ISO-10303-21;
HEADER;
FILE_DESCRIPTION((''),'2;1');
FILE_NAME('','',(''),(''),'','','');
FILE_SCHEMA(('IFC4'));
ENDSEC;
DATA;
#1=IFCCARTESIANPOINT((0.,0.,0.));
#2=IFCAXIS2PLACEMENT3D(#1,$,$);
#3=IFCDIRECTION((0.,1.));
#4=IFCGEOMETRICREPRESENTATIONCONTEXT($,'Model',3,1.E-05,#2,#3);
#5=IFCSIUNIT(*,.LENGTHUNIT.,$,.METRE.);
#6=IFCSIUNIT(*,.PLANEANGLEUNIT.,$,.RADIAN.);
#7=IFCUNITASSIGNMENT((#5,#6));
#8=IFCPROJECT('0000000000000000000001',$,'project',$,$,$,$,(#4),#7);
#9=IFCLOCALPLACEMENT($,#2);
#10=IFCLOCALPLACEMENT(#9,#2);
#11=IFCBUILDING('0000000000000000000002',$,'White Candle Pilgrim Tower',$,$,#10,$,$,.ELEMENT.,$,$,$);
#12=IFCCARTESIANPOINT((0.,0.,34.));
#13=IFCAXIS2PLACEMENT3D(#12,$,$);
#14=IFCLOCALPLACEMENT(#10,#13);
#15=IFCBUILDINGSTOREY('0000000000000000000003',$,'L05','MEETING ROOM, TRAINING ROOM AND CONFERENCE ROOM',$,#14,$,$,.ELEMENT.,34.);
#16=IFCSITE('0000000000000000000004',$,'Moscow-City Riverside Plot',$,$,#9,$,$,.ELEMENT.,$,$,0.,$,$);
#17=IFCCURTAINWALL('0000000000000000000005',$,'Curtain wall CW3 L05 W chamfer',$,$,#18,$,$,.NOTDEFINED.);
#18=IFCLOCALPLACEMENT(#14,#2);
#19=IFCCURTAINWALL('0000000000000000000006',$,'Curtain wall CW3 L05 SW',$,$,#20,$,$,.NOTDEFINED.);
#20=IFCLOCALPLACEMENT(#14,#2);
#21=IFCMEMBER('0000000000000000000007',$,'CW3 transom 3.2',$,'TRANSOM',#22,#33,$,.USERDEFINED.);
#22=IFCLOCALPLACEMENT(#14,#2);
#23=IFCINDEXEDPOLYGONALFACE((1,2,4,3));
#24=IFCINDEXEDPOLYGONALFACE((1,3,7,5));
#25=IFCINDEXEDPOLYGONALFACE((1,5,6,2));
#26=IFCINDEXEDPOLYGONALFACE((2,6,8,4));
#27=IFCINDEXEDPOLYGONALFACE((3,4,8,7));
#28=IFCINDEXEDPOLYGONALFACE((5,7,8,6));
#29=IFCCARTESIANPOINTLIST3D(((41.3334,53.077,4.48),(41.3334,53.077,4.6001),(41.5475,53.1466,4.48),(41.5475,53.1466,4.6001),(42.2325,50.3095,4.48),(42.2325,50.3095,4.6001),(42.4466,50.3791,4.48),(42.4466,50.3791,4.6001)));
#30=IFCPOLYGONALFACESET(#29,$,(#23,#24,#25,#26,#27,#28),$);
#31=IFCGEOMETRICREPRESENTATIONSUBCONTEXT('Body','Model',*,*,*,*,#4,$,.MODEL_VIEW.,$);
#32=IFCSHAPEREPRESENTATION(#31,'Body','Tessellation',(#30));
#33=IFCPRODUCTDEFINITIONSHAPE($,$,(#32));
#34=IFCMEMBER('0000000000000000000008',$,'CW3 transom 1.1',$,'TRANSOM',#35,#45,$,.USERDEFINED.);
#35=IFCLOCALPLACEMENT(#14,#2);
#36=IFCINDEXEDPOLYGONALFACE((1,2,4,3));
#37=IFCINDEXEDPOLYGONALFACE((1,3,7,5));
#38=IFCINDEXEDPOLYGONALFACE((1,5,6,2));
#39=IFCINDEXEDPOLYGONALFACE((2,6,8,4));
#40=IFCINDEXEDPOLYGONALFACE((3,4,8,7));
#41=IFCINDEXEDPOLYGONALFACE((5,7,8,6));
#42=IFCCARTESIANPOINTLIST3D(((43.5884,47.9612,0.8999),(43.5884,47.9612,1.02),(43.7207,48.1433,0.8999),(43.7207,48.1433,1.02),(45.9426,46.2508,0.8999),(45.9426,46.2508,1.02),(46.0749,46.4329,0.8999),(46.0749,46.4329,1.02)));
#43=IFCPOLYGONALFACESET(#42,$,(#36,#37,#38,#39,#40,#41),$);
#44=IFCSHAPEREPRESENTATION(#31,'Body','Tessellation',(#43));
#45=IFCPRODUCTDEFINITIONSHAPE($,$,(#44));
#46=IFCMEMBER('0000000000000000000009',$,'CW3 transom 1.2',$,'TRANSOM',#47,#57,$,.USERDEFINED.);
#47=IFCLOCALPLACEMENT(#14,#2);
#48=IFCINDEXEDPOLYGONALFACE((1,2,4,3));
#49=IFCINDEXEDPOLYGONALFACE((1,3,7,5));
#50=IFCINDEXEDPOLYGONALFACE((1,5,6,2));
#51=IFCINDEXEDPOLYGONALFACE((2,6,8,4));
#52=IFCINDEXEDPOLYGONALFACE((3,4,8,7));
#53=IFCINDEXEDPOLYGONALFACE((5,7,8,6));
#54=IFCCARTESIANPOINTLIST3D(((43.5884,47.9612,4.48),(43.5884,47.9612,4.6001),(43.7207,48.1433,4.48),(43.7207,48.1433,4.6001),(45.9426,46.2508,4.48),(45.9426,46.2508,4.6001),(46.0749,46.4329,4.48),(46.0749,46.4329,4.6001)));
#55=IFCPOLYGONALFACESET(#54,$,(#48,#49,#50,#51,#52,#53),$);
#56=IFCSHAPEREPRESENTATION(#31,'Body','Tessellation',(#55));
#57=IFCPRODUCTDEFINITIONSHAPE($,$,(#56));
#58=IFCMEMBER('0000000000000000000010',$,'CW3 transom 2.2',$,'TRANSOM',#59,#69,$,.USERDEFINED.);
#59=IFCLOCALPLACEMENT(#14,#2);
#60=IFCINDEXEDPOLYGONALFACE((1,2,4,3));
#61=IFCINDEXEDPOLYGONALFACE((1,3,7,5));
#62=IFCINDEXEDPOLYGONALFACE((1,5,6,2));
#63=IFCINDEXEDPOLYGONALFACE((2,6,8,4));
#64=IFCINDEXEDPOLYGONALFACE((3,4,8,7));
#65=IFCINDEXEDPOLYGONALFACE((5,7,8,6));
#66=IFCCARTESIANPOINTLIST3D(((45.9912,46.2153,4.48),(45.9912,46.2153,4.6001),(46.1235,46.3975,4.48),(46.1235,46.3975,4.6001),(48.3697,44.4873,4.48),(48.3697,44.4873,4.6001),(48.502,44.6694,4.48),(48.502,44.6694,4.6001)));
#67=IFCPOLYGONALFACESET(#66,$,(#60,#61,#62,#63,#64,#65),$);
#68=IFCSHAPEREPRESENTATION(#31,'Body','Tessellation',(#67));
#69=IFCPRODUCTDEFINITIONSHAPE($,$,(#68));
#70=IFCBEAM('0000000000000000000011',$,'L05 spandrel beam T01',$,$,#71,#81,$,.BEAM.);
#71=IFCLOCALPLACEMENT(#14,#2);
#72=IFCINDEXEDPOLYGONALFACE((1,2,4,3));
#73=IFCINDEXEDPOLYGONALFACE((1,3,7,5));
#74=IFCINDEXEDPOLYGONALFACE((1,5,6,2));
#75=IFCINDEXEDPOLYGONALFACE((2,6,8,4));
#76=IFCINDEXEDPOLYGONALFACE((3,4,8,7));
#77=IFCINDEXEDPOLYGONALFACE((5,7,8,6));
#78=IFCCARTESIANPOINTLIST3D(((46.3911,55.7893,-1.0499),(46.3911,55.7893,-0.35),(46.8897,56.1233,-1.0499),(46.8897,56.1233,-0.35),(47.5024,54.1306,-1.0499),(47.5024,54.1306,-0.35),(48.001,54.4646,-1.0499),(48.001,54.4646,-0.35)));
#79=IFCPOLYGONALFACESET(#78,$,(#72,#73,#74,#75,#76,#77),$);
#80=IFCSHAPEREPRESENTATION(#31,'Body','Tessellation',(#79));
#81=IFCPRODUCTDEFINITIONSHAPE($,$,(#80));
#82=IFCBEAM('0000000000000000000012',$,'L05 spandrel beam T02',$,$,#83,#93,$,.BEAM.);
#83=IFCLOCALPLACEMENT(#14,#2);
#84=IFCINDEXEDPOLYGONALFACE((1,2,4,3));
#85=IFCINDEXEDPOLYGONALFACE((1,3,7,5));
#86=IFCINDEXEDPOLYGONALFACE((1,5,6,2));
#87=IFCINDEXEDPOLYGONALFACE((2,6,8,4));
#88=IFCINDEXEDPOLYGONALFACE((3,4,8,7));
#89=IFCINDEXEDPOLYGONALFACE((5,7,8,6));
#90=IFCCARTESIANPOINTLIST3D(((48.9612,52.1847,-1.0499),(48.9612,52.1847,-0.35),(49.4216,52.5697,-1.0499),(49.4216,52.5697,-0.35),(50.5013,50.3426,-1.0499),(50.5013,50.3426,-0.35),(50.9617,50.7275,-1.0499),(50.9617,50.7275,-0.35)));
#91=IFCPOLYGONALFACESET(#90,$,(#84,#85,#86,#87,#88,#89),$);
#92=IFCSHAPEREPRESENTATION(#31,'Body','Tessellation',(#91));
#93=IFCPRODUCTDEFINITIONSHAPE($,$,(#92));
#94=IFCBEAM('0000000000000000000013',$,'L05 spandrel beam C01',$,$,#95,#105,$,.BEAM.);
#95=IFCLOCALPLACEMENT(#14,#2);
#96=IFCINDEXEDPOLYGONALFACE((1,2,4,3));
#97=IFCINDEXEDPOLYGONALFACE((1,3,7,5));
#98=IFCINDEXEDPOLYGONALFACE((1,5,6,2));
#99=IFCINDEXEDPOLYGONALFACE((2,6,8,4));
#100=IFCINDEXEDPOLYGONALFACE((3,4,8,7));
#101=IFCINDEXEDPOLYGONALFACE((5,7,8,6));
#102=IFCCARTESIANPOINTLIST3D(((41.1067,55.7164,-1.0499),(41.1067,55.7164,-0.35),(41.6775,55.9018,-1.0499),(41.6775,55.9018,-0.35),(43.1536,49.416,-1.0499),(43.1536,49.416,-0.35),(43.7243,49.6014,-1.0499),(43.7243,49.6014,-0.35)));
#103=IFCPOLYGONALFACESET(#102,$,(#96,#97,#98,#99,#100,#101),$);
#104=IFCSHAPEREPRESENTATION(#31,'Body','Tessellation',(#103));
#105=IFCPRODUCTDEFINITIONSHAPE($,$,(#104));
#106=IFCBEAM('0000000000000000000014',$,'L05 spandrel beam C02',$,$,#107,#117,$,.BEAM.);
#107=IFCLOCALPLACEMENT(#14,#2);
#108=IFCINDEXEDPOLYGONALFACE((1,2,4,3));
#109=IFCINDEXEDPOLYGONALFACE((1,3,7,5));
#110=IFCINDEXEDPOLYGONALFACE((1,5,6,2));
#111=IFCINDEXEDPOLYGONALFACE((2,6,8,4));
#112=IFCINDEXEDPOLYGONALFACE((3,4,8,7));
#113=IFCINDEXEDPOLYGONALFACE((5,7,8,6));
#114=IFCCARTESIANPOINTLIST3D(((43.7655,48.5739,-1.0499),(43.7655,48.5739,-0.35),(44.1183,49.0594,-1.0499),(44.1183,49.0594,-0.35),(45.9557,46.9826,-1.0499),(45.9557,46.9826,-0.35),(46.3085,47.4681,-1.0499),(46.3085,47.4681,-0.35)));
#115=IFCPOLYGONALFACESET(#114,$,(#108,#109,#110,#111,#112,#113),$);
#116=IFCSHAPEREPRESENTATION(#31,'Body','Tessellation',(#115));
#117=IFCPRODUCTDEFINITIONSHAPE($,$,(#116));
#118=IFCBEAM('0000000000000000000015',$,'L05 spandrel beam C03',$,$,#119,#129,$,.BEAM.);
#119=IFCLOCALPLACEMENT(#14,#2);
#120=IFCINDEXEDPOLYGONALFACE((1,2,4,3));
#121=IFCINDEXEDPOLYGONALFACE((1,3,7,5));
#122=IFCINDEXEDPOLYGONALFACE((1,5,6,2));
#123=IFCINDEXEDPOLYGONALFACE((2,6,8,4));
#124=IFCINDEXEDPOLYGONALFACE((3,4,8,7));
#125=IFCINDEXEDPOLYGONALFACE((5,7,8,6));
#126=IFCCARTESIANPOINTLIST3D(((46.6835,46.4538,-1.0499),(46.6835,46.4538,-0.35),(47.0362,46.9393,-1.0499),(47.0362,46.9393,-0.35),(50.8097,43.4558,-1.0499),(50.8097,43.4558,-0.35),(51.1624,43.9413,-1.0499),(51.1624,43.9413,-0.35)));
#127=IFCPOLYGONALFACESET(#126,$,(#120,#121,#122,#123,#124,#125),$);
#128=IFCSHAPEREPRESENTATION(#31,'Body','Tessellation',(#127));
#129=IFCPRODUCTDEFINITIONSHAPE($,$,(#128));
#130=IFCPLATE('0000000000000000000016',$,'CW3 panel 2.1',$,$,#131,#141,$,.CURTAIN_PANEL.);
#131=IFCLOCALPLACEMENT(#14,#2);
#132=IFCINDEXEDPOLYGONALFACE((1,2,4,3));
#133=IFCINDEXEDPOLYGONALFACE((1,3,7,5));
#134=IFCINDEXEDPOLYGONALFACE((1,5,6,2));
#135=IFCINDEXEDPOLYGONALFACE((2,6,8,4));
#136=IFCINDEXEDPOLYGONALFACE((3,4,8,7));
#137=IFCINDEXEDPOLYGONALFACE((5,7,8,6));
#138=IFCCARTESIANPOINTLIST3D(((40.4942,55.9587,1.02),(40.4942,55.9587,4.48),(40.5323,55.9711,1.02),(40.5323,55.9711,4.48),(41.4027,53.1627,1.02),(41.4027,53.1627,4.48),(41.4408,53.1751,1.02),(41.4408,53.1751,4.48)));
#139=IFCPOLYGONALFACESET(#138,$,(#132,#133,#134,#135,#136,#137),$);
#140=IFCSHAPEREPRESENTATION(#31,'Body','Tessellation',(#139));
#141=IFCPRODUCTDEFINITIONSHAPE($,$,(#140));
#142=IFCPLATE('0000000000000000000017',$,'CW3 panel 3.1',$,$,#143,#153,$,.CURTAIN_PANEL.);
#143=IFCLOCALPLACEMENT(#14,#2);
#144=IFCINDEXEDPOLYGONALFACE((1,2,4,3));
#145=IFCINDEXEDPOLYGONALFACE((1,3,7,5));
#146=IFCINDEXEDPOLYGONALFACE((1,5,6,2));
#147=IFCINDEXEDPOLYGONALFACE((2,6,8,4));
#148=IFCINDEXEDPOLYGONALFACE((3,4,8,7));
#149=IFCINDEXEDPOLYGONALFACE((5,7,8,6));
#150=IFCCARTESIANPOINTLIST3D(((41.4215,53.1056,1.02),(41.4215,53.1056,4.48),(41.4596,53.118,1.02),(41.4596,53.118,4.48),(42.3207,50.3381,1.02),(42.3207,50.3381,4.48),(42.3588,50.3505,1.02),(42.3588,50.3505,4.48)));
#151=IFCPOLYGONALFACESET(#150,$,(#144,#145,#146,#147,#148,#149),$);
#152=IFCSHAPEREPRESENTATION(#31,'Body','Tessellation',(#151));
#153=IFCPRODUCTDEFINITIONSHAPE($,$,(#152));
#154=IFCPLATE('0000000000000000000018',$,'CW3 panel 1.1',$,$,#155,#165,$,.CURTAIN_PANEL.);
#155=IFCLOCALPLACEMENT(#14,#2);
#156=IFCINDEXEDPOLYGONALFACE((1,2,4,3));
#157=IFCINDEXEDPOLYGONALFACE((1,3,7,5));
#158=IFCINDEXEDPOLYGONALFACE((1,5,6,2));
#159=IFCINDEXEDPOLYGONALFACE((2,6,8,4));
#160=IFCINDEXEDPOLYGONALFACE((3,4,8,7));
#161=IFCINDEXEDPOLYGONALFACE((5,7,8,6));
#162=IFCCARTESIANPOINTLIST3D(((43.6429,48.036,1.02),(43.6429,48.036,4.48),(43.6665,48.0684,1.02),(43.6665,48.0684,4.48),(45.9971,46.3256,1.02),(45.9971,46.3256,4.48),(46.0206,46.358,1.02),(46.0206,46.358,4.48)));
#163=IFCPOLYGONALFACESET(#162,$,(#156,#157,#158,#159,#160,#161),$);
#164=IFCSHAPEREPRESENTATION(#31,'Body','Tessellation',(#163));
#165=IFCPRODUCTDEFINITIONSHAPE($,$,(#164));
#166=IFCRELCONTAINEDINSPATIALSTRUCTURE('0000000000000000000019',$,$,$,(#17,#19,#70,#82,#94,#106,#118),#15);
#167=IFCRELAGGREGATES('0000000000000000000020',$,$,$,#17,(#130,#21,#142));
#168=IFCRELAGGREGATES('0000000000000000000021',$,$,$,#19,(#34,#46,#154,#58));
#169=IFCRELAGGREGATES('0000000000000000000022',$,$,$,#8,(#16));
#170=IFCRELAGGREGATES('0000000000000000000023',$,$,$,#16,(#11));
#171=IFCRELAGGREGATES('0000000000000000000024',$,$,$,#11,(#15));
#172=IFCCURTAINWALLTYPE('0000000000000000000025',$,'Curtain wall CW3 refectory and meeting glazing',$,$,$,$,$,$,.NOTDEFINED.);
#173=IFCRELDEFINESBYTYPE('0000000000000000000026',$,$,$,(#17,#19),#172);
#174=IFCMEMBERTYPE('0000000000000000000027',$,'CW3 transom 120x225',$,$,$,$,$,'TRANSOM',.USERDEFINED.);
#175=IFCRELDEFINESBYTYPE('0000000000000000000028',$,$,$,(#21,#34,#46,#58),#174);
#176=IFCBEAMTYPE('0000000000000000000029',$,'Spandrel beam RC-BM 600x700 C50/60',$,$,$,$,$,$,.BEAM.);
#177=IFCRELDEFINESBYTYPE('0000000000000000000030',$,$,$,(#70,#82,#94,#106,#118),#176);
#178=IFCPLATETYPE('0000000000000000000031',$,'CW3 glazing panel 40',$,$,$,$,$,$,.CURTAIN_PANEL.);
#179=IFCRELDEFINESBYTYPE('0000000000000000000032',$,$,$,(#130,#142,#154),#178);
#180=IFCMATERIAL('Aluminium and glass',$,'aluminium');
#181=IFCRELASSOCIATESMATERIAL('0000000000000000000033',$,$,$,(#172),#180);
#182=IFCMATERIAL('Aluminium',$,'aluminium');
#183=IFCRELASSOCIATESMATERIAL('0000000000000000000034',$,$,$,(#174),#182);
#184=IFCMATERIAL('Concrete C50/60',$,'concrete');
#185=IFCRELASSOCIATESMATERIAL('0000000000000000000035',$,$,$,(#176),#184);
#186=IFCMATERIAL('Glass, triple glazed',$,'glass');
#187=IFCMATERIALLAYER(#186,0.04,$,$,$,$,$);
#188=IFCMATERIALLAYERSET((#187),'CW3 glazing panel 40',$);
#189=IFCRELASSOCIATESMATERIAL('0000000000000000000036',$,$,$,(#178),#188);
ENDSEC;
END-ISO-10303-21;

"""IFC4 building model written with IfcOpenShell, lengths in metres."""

from ifc_helpers import new_model, si_unit, direction, frame, origin, origin_2d, place, context, subcontext, project, spatial, rectangle, extrude, material, layer, layer_set, material_profile, profile_set, type_object, element, aggregate, save


model = new_model("IFC4")

# Units and contexts
model_context = context("Model", 3, precision=1e-05, world=origin(), true_north=direction((0.0, 1.0)))
body_context = subcontext(model_context, "Body", "Model", "MODEL_VIEW")
ifc_project = project(units=[si_unit("LENGTHUNIT", "METRE"), si_unit("PLANEANGLEUNIT", "RADIAN")], contexts=[model_context])

# Site, building, storey
site_placement = place(None, origin())
site = spatial("IfcSite", under=ifc_project, at=site_placement, Name="Moscow-City Riverside Plot", CompositionType="ELEMENT", RefElevation=0.0)
building_placement = place(site_placement, origin())
building = spatial("IfcBuilding", under=site, at=building_placement, Name="White Candle Pilgrim Tower", CompositionType="ELEMENT")
storey_placement = place(building_placement, frame((0.0, 0.0, 34.0)))
storey = spatial("IfcBuildingStorey", under=building, at=storey_placement, Name="L05", Description="MEETING ROOM, TRAINING ROOM AND CONFERENCE ROOM", CompositionType="ELEMENT", Elevation=34.0)

# Curtain walls
ifc_material_1 = material(Name="Aluminium and glass", Category="aluminium")
curtain_wall_type = type_object("IfcCurtainWallType", Name="Curtain wall CW3 refectory and meeting glazing", PredefinedType="NOTDEFINED", material=ifc_material_1)
curtain_wall_1_placement = place(storey_placement, origin())
curtain_wall_1 = element("IfcCurtainWall", 1, at=curtain_wall_1_placement, inside=storey, type_object=curtain_wall_type, Name="Curtain wall CW3 L05 W chamfer", PredefinedType="NOTDEFINED")
ifc_material_2 = material(Name="Aluminium", Category="aluminium")
curtain_wall_2_placement = place(storey_placement, origin())
curtain_wall_2 = element("IfcCurtainWall", 2, at=curtain_wall_2_placement, inside=storey, type_object=curtain_wall_type, Name="Curtain wall CW3 L05 SW", PredefinedType="NOTDEFINED")

# Members
ifc_material_profile_1 = material_profile(ifc_material_2, rectangle(XDim=0.2251, YDim=0.1201, at=origin_2d()), Name="CW3 transom 120x225")
ifc_profile_set_1 = profile_set([ifc_material_profile_1], Name="Aluminium")
member_type_1 = type_object("IfcMemberType", Name="CW3 transom 120x225", ElementType="TRANSOM", PredefinedType="USERDEFINED", material=ifc_profile_set_1)
member_1_placement = place(storey_placement, frame((41.4404, 53.1118, 4.54), z_axis=(0.308995, -0.951064, 0.0), x_axis=(0.951064, 0.308995, 0.0)))
member_1 = element("IfcMember", 3, at=member_1_placement, type_object=member_type_1, Name="CW3 transom 3.2", ObjectType="TRANSOM", PredefinedType="USERDEFINED", context=body_context, shape_type="SweptSolid", body=[
    extrude(rectangle(XDim=0.2251, YDim=0.1201, at=origin_2d()), origin(), (0.0, 0.0, 1.0), 2.9099),
])
member_2_placement = place(storey_placement, frame((43.6545, 48.0522, 0.96), z_axis=(0.809019, -0.587783, 0.0), x_axis=(0.587783, 0.809019, 0.0)))
member_2 = element("IfcMember", 4, at=member_2_placement, type_object=member_type_1, Name="CW3 transom 1.1", ObjectType="TRANSOM", PredefinedType="USERDEFINED", context=body_context, shape_type="SweptSolid", body=[
    extrude(rectangle(XDim=0.2251, YDim=0.1201, at=origin_2d()), origin(), (0.0, 0.0, 1.0), 2.9099),
])
member_3_placement = place(storey_placement, frame((43.6545, 48.0522, 4.54), z_axis=(0.809019, -0.587783, 0.0), x_axis=(0.587783, 0.809019, 0.0)))
member_3 = element("IfcMember", 5, at=member_3_placement, type_object=member_type_1, Name="CW3 transom 1.2", ObjectType="TRANSOM", PredefinedType="USERDEFINED", context=body_context, shape_type="SweptSolid", body=[
    extrude(rectangle(XDim=0.2251, YDim=0.1201, at=origin_2d()), origin(), (0.0, 0.0, 1.0), 2.9099),
])
member_4_placement = place(storey_placement, frame((46.0574, 46.3064, 4.54), z_axis=(0.809016, -0.587786, 0.0), x_axis=(0.587786, 0.809016, 0.0)))
member_4 = element("IfcMember", 6, at=member_4_placement, type_object=member_type_1, Name="CW3 transom 2.2", ObjectType="TRANSOM", PredefinedType="USERDEFINED", context=body_context, shape_type="SweptSolid", body=[
    extrude(rectangle(XDim=0.2251, YDim=0.1201, at=origin_2d()), origin(), (0.0, 0.0, 1.0), 2.9399),
])

# Beams
ifc_material_3 = material(Name="Concrete C50/60", Category="concrete")
ifc_material_profile_2 = material_profile(ifc_material_3, rectangle(XDim=0.6001, YDim=0.7, at=origin_2d()), Name="RC-BM 600x700")
ifc_profile_set_2 = profile_set([ifc_material_profile_2], Name="Concrete C50/60")
beam_type = type_object("IfcBeamType", Name="Spandrel beam RC-BM 600x700 C50/60", PredefinedType="BEAM", material=ifc_profile_set_2)
beam_1_placement = place(storey_placement, frame((46.6404, 55.9563, -0.7), z_axis=(0.556618, -0.830769, 0.0), x_axis=(0.830769, 0.556618, 0.0)))
element("IfcBeam", 7, at=beam_1_placement, inside=storey, type_object=beam_type, Name="L05 spandrel beam T01", PredefinedType="BEAM", context=body_context, shape_type="SweptSolid", body=[
    extrude(rectangle(XDim=0.6001, YDim=0.7, at=origin_2d()), origin(), (0.0, 0.0, 1.0), 1.9966),
])
beam_2_placement = place(storey_placement, frame((49.1914, 52.3772, -0.7), z_axis=(0.641414, -0.767195, 0.0), x_axis=(0.767195, 0.641414, 0.0)))
element("IfcBeam", 8, at=beam_2_placement, inside=storey, type_object=beam_type, Name="L05 spandrel beam T02", PredefinedType="BEAM", context=body_context, shape_type="SweptSolid", body=[
    extrude(rectangle(XDim=0.6001, YDim=0.7, at=origin_2d()), origin(), (0.0, 0.0, 1.0), 2.4011),
])
beam_3_placement = place(storey_placement, frame((41.3921, 55.8091, -0.7), z_axis=(0.308988, -0.951066, 0.0), x_axis=(0.951066, 0.308988, 0.0)))
element("IfcBeam", 9, at=beam_3_placement, inside=storey, type_object=beam_type, Name="L05 spandrel beam C01", PredefinedType="BEAM", context=body_context, shape_type="SweptSolid", body=[
    extrude(rectangle(XDim=0.6001, YDim=0.7, at=origin_2d()), origin(), (0.0, 0.0, 1.0), 6.6245),
])
beam_4_placement = place(storey_placement, frame((43.9419, 48.8167, -0.7), z_axis=(0.809009, -0.587796, 0.0), x_axis=(0.587796, 0.809009, 0.0)))
element("IfcBeam", 10, at=beam_4_placement, inside=storey, type_object=beam_type, Name="L05 spandrel beam C02", PredefinedType="BEAM", context=body_context, shape_type="SweptSolid", body=[
    extrude(rectangle(XDim=0.6001, YDim=0.7, at=origin_2d()), origin(), (0.0, 0.0, 1.0), 2.7073),
])
beam_5_placement = place(storey_placement, frame((46.8599, 46.6965, -0.7), z_axis=(0.809001, -0.587807, 0.0), x_axis=(0.587807, 0.809001, 0.0)))
element("IfcBeam", 11, at=beam_5_placement, inside=storey, type_object=beam_type, Name="L05 spandrel beam C03", PredefinedType="BEAM", context=body_context, shape_type="SweptSolid", body=[
    extrude(rectangle(XDim=0.6001, YDim=0.7, at=origin_2d()), origin(), (0.0, 0.0, 1.0), 5.1003),
])

# Plates
ifc_material_4 = material(Name="Glass, triple glazed", Category="glass")
ifc_layer_1 = layer(ifc_material_4, 0.04)
ifc_layer_set_1 = layer_set([ifc_layer_1], Name="CW3 glazing panel 40")
plate_type = type_object("IfcPlateType", Name="CW3 glazing panel 40", PredefinedType="CURTAIN_PANEL", material=ifc_layer_set_1)
plate_1_placement = place(storey_placement, frame((40.9675, 54.5669, 1.02), z_axis=(0.0, 0.0, 1.0), x_axis=(0.309017, -0.951057, 0.0)))
plate_1 = element("IfcPlate", 12, at=plate_1_placement, type_object=plate_type, Name="CW3 panel 2.1", PredefinedType="CURTAIN_PANEL", context=body_context, shape_type="SweptSolid", body=[
    extrude(rectangle(XDim=2.9399, YDim=0.04, at=origin_2d()), origin(), (0.0, 0.0, 1.0), 3.46),
])
plate_2_placement = place(storey_placement, frame((41.8901, 51.728, 1.02), z_axis=(0.0, 0.0, 1.0), x_axis=(0.309017, -0.951057, 0.0)))
plate_2 = element("IfcPlate", 13, at=plate_2_placement, type_object=plate_type, Name="CW3 panel 3.1", PredefinedType="CURTAIN_PANEL", context=body_context, shape_type="SweptSolid", body=[
    extrude(rectangle(XDim=2.9099, YDim=0.04, at=origin_2d()), origin(), (0.0, 0.0, 1.0), 3.46),
])
aggregate(curtain_wall_1, [plate_1, member_1, plate_2])
plate_3_placement = place(storey_placement, frame((44.8318, 47.197, 1.02), z_axis=(0.0, 0.0, 1.0), x_axis=(0.809017, -0.587785, 0.0)))
plate_3 = element("IfcPlate", 14, at=plate_3_placement, type_object=plate_type, Name="CW3 panel 1.1", PredefinedType="CURTAIN_PANEL", context=body_context, shape_type="SweptSolid", body=[
    extrude(rectangle(XDim=2.9099, YDim=0.04, at=origin_2d()), origin(), (0.0, 0.0, 1.0), 3.46),
])
aggregate(curtain_wall_2, [member_2, member_3, plate_3, member_4])

save(model, "model.ifc")
